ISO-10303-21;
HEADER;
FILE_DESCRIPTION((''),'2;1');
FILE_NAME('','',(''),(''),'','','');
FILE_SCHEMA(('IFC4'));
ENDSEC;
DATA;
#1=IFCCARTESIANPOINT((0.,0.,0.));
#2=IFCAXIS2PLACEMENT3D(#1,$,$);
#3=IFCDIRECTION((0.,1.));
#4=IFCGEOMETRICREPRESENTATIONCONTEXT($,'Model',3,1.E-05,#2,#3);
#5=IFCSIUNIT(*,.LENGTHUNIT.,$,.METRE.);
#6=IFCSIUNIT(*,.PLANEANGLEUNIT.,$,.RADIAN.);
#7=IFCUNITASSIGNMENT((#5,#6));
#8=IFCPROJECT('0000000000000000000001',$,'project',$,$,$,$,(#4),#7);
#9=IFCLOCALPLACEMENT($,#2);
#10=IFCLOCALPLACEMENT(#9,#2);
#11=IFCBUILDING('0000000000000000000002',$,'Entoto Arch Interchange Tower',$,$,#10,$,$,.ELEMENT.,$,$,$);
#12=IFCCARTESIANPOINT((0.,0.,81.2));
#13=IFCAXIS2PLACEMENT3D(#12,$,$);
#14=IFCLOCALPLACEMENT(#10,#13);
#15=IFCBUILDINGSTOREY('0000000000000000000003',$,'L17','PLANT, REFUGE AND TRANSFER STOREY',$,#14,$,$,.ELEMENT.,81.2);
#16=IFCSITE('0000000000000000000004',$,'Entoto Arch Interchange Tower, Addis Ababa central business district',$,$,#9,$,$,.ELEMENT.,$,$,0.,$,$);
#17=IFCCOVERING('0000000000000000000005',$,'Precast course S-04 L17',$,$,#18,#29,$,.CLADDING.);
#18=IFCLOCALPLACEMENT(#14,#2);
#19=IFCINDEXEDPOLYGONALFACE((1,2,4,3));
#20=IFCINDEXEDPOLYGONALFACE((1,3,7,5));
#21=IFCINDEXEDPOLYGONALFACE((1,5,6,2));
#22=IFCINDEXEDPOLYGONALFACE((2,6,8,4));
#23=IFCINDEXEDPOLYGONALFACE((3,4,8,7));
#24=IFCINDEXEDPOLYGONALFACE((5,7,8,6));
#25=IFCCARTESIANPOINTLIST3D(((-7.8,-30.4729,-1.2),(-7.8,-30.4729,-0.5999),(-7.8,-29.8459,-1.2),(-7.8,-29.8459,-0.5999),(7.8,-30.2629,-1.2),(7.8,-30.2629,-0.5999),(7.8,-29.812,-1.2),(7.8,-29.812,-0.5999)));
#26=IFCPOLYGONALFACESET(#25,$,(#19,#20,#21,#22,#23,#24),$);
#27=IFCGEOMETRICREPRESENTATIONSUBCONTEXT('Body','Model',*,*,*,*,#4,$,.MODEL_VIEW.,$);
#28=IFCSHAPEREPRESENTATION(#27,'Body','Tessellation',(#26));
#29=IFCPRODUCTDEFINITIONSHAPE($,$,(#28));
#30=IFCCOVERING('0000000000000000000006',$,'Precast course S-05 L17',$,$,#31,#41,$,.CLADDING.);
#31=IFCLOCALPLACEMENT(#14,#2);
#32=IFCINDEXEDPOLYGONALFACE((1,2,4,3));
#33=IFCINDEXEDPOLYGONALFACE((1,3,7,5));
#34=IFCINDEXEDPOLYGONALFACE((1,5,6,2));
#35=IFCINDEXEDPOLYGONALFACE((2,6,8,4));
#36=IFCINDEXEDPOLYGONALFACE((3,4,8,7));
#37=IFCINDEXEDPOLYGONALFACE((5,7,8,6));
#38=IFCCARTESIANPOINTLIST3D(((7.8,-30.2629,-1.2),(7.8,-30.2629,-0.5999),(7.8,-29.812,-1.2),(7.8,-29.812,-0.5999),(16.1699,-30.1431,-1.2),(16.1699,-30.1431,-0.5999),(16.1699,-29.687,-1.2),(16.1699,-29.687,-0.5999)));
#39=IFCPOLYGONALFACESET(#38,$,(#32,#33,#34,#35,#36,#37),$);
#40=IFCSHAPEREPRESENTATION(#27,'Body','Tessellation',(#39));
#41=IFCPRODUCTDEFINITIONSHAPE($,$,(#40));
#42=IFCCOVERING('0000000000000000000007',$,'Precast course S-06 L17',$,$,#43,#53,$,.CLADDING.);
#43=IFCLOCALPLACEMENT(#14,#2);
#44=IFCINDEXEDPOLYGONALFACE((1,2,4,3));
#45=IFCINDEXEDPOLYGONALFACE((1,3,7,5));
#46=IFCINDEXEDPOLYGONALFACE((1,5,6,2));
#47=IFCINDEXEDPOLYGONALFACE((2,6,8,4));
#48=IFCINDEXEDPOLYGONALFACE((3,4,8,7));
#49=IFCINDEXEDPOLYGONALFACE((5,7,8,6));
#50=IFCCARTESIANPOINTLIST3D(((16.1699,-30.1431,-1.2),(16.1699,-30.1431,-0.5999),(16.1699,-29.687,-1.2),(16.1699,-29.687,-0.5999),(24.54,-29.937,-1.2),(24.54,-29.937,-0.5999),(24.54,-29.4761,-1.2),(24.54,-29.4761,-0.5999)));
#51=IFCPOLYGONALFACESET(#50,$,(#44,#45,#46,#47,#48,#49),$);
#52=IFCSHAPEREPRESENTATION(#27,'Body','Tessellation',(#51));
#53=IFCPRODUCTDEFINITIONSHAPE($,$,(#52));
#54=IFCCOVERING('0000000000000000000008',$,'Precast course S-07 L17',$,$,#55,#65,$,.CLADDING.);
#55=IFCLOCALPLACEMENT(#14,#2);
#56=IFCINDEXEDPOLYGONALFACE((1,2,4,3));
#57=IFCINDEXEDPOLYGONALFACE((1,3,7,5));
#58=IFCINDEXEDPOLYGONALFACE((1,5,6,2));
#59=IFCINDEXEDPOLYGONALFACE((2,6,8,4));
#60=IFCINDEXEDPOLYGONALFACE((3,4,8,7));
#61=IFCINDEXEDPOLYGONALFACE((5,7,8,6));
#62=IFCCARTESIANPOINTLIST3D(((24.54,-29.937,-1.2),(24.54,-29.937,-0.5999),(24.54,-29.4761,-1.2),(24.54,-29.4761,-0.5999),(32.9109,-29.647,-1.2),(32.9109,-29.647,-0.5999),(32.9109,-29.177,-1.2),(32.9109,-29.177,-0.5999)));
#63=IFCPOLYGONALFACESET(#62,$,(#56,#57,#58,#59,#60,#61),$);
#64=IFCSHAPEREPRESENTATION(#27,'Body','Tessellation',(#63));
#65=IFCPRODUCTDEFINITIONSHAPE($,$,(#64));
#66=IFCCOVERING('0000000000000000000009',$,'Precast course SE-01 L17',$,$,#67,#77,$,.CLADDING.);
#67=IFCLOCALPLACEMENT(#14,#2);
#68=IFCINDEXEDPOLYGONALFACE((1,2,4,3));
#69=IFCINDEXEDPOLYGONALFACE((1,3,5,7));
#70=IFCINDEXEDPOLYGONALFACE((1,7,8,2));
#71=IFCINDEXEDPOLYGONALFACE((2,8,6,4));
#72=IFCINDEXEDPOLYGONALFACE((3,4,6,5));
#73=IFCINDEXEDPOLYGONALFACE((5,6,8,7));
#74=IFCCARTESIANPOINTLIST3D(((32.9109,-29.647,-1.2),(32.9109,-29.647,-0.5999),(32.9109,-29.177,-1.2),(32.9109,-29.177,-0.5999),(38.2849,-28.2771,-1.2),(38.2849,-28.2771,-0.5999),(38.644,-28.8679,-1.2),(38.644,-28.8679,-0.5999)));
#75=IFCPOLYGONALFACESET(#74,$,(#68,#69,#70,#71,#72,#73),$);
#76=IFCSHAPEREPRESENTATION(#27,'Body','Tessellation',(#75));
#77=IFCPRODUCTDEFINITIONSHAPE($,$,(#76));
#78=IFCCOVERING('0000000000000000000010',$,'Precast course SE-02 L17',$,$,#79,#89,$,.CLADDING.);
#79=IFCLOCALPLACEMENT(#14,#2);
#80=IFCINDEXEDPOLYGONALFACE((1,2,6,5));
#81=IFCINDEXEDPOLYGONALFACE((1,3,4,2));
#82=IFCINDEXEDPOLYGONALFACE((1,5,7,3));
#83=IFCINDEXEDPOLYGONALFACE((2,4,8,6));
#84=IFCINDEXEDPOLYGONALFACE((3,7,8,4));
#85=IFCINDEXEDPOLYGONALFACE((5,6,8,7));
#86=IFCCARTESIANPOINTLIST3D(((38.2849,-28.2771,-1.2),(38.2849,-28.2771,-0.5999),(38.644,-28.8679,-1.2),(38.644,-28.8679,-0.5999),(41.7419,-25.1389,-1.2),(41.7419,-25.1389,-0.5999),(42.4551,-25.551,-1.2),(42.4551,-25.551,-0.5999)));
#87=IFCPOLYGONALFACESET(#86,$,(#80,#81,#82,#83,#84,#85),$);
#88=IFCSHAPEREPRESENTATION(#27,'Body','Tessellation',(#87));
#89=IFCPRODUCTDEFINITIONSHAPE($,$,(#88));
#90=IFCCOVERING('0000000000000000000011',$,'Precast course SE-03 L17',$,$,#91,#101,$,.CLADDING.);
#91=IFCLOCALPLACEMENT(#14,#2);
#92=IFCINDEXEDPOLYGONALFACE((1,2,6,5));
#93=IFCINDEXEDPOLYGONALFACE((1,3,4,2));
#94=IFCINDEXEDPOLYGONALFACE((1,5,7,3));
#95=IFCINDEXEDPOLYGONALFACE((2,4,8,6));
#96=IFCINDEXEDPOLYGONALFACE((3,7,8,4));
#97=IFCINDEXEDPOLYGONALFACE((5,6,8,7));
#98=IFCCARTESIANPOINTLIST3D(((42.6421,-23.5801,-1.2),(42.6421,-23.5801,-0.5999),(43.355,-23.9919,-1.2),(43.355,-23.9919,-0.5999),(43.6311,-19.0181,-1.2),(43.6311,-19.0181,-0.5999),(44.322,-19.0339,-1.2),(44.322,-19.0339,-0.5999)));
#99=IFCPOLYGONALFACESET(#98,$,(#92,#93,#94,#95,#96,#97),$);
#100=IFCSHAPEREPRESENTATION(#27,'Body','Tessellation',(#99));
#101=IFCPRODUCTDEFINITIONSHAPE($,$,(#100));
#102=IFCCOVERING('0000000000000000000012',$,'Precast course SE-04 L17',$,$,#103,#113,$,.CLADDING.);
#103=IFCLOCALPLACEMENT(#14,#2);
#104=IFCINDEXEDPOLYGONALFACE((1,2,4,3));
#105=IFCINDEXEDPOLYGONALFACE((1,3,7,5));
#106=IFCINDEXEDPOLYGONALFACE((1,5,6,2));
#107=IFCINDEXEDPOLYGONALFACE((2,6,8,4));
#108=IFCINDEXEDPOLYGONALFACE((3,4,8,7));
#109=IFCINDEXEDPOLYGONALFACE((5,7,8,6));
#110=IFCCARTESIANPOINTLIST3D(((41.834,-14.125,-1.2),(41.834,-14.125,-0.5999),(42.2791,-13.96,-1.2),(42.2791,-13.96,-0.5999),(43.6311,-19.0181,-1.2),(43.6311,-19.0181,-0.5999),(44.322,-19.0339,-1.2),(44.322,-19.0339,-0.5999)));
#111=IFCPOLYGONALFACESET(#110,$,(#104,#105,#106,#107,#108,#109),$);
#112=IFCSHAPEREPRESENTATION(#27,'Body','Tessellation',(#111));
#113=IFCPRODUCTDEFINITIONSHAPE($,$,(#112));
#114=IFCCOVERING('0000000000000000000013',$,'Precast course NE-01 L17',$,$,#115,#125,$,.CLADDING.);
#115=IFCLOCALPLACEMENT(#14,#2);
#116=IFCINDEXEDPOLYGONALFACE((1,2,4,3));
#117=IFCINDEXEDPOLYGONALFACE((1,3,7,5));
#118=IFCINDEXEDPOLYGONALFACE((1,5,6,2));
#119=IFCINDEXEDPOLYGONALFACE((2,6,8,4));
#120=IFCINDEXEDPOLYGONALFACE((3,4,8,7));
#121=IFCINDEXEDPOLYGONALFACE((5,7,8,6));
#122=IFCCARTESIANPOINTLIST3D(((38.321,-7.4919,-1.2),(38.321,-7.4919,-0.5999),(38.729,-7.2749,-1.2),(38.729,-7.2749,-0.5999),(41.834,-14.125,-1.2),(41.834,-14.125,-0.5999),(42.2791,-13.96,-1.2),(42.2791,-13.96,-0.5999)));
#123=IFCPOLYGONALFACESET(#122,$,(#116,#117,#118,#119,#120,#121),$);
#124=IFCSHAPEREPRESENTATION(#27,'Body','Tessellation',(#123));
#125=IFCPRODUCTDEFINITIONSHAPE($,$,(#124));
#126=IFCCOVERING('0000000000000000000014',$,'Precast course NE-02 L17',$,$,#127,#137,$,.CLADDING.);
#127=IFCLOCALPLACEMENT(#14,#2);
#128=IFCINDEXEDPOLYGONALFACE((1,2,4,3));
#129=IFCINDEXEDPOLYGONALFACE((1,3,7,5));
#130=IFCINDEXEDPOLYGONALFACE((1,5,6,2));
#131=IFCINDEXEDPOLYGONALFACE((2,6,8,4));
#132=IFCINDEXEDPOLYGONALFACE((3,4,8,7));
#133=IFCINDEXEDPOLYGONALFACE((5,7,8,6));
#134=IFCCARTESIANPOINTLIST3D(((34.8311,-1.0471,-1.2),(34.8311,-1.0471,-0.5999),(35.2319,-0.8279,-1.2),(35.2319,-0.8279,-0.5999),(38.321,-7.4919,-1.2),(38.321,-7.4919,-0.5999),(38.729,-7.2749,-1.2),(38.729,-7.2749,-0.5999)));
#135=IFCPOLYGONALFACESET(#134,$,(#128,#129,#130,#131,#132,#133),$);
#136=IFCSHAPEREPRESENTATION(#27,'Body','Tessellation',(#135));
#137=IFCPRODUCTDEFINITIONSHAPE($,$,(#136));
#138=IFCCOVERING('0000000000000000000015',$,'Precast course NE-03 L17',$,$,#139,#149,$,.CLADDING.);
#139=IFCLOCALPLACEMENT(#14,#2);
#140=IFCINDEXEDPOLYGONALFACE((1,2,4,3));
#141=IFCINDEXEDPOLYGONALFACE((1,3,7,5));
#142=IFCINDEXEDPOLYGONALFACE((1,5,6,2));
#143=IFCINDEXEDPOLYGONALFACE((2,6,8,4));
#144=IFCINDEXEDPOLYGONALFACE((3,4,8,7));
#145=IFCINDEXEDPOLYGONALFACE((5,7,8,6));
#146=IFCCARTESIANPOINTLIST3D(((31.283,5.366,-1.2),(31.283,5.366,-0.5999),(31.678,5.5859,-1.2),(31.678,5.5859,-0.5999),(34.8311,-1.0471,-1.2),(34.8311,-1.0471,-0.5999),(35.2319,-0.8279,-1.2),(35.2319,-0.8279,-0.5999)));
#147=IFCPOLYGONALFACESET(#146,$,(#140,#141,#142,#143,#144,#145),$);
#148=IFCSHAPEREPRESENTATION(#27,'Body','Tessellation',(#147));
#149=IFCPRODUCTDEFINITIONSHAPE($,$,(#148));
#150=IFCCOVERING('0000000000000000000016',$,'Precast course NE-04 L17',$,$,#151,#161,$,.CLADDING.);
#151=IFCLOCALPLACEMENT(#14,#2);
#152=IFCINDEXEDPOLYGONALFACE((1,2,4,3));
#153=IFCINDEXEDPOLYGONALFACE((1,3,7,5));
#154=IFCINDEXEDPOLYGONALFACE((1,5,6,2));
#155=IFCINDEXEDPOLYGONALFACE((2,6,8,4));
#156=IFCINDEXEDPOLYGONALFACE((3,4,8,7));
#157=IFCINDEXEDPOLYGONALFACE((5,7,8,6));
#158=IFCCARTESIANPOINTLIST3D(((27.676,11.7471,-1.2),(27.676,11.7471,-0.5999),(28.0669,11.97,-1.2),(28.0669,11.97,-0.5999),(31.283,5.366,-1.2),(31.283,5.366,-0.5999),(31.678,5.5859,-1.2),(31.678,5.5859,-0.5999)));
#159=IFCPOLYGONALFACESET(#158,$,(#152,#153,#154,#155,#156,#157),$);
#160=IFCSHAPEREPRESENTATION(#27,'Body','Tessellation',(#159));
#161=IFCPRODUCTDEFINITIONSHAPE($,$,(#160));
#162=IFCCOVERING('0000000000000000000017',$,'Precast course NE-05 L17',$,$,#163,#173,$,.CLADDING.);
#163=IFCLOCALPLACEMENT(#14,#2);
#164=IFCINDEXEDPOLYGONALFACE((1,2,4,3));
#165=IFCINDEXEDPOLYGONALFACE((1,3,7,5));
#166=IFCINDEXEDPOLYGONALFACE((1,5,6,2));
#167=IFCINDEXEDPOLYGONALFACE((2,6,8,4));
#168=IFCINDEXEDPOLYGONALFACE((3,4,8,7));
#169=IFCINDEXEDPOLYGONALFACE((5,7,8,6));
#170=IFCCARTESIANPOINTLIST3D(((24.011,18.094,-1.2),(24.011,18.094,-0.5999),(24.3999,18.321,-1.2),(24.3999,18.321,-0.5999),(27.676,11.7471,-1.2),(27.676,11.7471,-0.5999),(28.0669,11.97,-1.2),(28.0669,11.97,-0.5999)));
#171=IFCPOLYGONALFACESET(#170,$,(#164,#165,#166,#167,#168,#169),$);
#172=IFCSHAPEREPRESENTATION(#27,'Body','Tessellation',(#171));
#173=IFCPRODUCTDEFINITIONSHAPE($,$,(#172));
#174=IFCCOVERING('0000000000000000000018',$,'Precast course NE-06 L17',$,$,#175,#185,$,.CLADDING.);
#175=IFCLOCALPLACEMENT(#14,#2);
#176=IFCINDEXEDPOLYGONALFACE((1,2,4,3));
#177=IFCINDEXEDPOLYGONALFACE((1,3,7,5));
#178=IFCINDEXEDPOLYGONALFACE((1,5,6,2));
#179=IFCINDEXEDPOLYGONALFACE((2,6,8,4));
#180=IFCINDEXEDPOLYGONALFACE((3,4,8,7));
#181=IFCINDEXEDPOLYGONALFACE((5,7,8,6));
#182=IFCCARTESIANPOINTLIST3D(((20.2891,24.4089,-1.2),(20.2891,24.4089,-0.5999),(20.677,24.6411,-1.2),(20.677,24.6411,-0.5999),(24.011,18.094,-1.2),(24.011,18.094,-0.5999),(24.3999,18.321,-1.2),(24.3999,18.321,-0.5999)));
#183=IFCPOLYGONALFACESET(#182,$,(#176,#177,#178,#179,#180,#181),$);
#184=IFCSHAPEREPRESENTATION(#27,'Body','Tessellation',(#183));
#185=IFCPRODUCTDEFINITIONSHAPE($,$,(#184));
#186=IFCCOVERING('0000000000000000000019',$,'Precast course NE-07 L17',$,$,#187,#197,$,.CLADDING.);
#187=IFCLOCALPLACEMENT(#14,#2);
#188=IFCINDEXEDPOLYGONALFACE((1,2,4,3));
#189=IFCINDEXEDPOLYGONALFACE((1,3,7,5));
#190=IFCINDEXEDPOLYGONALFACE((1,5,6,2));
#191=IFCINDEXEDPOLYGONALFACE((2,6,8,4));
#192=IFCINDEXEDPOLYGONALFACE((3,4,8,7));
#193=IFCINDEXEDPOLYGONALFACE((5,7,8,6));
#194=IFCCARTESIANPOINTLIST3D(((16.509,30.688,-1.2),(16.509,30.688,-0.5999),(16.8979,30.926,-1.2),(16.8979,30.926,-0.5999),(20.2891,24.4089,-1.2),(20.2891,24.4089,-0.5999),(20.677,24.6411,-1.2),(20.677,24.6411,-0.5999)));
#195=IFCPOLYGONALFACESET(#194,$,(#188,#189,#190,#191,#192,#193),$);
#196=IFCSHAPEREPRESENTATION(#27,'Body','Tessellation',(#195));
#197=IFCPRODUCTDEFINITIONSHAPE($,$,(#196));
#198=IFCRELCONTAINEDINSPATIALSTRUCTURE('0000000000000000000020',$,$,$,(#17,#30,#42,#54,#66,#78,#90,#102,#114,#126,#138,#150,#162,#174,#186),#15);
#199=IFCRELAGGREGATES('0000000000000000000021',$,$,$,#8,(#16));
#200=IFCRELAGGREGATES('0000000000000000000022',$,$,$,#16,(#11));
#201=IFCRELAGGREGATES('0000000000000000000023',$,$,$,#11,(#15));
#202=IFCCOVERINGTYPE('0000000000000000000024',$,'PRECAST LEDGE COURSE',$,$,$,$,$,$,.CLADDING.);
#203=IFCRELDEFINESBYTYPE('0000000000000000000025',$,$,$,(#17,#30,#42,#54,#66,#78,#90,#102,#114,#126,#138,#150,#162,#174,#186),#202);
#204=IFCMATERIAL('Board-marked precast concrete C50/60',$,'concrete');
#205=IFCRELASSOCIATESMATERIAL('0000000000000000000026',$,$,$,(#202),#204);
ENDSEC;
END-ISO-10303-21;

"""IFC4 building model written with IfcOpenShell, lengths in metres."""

from ifc_helpers import new_model, si_unit, direction, frame, origin, place, context, subcontext, project, spatial, polyline, outline, extrude, material, type_object, element, save


model = new_model("IFC4")

# Units and contexts
model_context = context("Model", 3, precision=1e-05, world=origin(), true_north=direction((0.0, 1.0)))
body_context = subcontext(model_context, "Body", "Model", "MODEL_VIEW")
ifc_project = project(units=[si_unit("LENGTHUNIT", "METRE"), si_unit("PLANEANGLEUNIT", "RADIAN")], contexts=[model_context])

# Site, building, storey
site_placement = place(None, origin())
site = spatial("IfcSite", under=ifc_project, at=site_placement, Name="Entoto Arch Interchange Tower, Addis Ababa central business district", CompositionType="ELEMENT", RefElevation=0.0)
building_placement = place(site_placement, origin())
building = spatial("IfcBuilding", under=site, at=building_placement, Name="Entoto Arch Interchange Tower", CompositionType="ELEMENT")
storey_placement = place(building_placement, frame((0.0, 0.0, 81.2)))
storey = spatial("IfcBuildingStorey", under=building, at=storey_placement, Name="L17", Description="PLANT, REFUGE AND TRANSFER STOREY", CompositionType="ELEMENT", Elevation=81.2)

# Coverings
ifc_material = material(Name="Board-marked precast concrete C50/60", Category="concrete")
covering_type = type_object("IfcCoveringType", Name="PRECAST LEDGE COURSE", PredefinedType="CLADDING", material=ifc_material)
covering_1_placement = place(storey_placement, frame((0.0, 0.0, -1.2)))
element("IfcCovering", 1, at=covering_1_placement, inside=storey, type_object=covering_type, Name="Precast course S-04 L17", PredefinedType="CLADDING", context=body_context, shape_type="SweptSolid", body=[
    extrude(outline(polyline([(7.8, -29.812), (7.8, -30.2629), (-7.8, -30.4729), (-7.8, -29.8459), (7.8, -29.812)])), origin(), (0.0, 0.0, 1.0), 0.6001),
])
covering_2_placement = place(storey_placement, frame((0.0, 0.0, -1.2)))
element("IfcCovering", 2, at=covering_2_placement, inside=storey, type_object=covering_type, Name="Precast course S-05 L17", PredefinedType="CLADDING", context=body_context, shape_type="SweptSolid", body=[
    extrude(outline(polyline([(16.1699, -29.687), (16.1699, -30.1431), (7.8, -30.2629), (7.8, -29.812), (16.1699, -29.687)])), origin(), (0.0, 0.0, 1.0), 0.6001),
])
covering_3_placement = place(storey_placement, frame((0.0, 0.0, -1.2)))
element("IfcCovering", 3, at=covering_3_placement, inside=storey, type_object=covering_type, Name="Precast course S-06 L17", PredefinedType="CLADDING", context=body_context, shape_type="SweptSolid", body=[
    extrude(outline(polyline([(24.54, -29.4761), (24.54, -29.937), (16.1699, -30.1431), (16.1699, -29.687), (24.54, -29.4761)])), origin(), (0.0, 0.0, 1.0), 0.6001),
])
covering_4_placement = place(storey_placement, frame((0.0, 0.0, -1.2)))
element("IfcCovering", 4, at=covering_4_placement, inside=storey, type_object=covering_type, Name="Precast course S-07 L17", PredefinedType="CLADDING", context=body_context, shape_type="SweptSolid", body=[
    extrude(outline(polyline([(32.9109, -29.177), (32.9109, -29.647), (24.54, -29.937), (24.54, -29.4761), (32.9109, -29.177)])), origin(), (0.0, 0.0, 1.0), 0.6001),
])
covering_5_placement = place(storey_placement, frame((0.0, 0.0, -1.2)))
element("IfcCovering", 5, at=covering_5_placement, inside=storey, type_object=covering_type, Name="Precast course SE-01 L17", PredefinedType="CLADDING", context=body_context, shape_type="SweptSolid", body=[
    extrude(outline(polyline([(38.2849, -28.2771), (38.644, -28.8679), (32.9109, -29.647), (32.9109, -29.177), (38.2849, -28.2771)])), origin(), (0.0, 0.0, 1.0), 0.6001),
])
covering_6_placement = place(storey_placement, frame((0.0, 0.0, -1.2)))
element("IfcCovering", 6, at=covering_6_placement, inside=storey, type_object=covering_type, Name="Precast course SE-02 L17", PredefinedType="CLADDING", context=body_context, shape_type="SweptSolid", body=[
    extrude(outline(polyline([(41.7419, -25.1389), (42.4551, -25.551), (38.644, -28.8679), (38.2849, -28.2771), (41.7419, -25.1389)])), origin(), (0.0, 0.0, 1.0), 0.6001),
])
covering_7_placement = place(storey_placement, frame((0.0, 0.0, -1.2)))
element("IfcCovering", 7, at=covering_7_placement, inside=storey, type_object=covering_type, Name="Precast course SE-03 L17", PredefinedType="CLADDING", context=body_context, shape_type="SweptSolid", body=[
    extrude(outline(polyline([(43.6311, -19.0181), (44.322, -19.0339), (43.355, -23.9919), (42.6421, -23.5801), (43.6311, -19.0181)])), origin(), (0.0, 0.0, 1.0), 0.6001),
])
covering_8_placement = place(storey_placement, frame((0.0, 0.0, -1.2)))
element("IfcCovering", 8, at=covering_8_placement, inside=storey, type_object=covering_type, Name="Precast course SE-04 L17", PredefinedType="CLADDING", context=body_context, shape_type="SweptSolid", body=[
    extrude(outline(polyline([(41.834, -14.125), (42.2791, -13.96), (44.322, -19.0339), (43.6311, -19.0181), (41.834, -14.125)])), origin(), (0.0, 0.0, 1.0), 0.6001),
])
covering_9_placement = place(storey_placement, frame((0.0, 0.0, -1.2)))
element("IfcCovering", 9, at=covering_9_placement, inside=storey, type_object=covering_type, Name="Precast course NE-01 L17", PredefinedType="CLADDING", context=body_context, shape_type="SweptSolid", body=[
    extrude(outline(polyline([(38.321, -7.4919), (38.729, -7.2749), (42.2791, -13.96), (41.834, -14.125), (38.321, -7.4919)])), origin(), (0.0, 0.0, 1.0), 0.6001),
])
covering_10_placement = place(storey_placement, frame((0.0, 0.0, -1.2)))
element("IfcCovering", 10, at=covering_10_placement, inside=storey, type_object=covering_type, Name="Precast course NE-02 L17", PredefinedType="CLADDING", context=body_context, shape_type="SweptSolid", body=[
    extrude(outline(polyline([(34.8311, -1.0471), (35.2319, -0.8279), (38.729, -7.2749), (38.321, -7.4919), (34.8311, -1.0471)])), origin(), (0.0, 0.0, 1.0), 0.6001),
])
covering_11_placement = place(storey_placement, frame((0.0, 0.0, -1.2)))
element("IfcCovering", 11, at=covering_11_placement, inside=storey, type_object=covering_type, Name="Precast course NE-03 L17", PredefinedType="CLADDING", context=body_context, shape_type="SweptSolid", body=[
    extrude(outline(polyline([(31.283, 5.366), (31.678, 5.5859), (35.2319, -0.8279), (34.8311, -1.0471), (31.283, 5.366)])), origin(), (0.0, 0.0, 1.0), 0.6001),
])
covering_12_placement = place(storey_placement, frame((0.0, 0.0, -1.2)))
element("IfcCovering", 12, at=covering_12_placement, inside=storey, type_object=covering_type, Name="Precast course NE-04 L17", PredefinedType="CLADDING", context=body_context, shape_type="SweptSolid", body=[
    extrude(outline(polyline([(27.676, 11.7471), (28.0669, 11.97), (31.678, 5.5859), (31.283, 5.366), (27.676, 11.7471)])), origin(), (0.0, 0.0, 1.0), 0.6001),
])
covering_13_placement = place(storey_placement, frame((0.0, 0.0, -1.2)))
element("IfcCovering", 13, at=covering_13_placement, inside=storey, type_object=covering_type, Name="Precast course NE-05 L17", PredefinedType="CLADDING", context=body_context, shape_type="SweptSolid", body=[
    extrude(outline(polyline([(24.011, 18.094), (24.3999, 18.321), (28.0669, 11.97), (27.676, 11.7471), (24.011, 18.094)])), origin(), (0.0, 0.0, 1.0), 0.6001),
])
covering_14_placement = place(storey_placement, frame((0.0, 0.0, -1.2)))
element("IfcCovering", 14, at=covering_14_placement, inside=storey, type_object=covering_type, Name="Precast course NE-06 L17", PredefinedType="CLADDING", context=body_context, shape_type="SweptSolid", body=[
    extrude(outline(polyline([(20.2891, 24.4089), (20.677, 24.6411), (24.3999, 18.321), (24.011, 18.094), (20.2891, 24.4089)])), origin(), (0.0, 0.0, 1.0), 0.6001),
])
covering_15_placement = place(storey_placement, frame((0.0, 0.0, -1.2)))
element("IfcCovering", 15, at=covering_15_placement, inside=storey, type_object=covering_type, Name="Precast course NE-07 L17", PredefinedType="CLADDING", context=body_context, shape_type="SweptSolid", body=[
    extrude(outline(polyline([(16.509, 30.688), (16.8979, 30.926), (20.677, 24.6411), (20.2891, 24.4089), (16.509, 30.688)])), origin(), (0.0, 0.0, 1.0), 0.6001),
])

save(model, "model.ifc")
